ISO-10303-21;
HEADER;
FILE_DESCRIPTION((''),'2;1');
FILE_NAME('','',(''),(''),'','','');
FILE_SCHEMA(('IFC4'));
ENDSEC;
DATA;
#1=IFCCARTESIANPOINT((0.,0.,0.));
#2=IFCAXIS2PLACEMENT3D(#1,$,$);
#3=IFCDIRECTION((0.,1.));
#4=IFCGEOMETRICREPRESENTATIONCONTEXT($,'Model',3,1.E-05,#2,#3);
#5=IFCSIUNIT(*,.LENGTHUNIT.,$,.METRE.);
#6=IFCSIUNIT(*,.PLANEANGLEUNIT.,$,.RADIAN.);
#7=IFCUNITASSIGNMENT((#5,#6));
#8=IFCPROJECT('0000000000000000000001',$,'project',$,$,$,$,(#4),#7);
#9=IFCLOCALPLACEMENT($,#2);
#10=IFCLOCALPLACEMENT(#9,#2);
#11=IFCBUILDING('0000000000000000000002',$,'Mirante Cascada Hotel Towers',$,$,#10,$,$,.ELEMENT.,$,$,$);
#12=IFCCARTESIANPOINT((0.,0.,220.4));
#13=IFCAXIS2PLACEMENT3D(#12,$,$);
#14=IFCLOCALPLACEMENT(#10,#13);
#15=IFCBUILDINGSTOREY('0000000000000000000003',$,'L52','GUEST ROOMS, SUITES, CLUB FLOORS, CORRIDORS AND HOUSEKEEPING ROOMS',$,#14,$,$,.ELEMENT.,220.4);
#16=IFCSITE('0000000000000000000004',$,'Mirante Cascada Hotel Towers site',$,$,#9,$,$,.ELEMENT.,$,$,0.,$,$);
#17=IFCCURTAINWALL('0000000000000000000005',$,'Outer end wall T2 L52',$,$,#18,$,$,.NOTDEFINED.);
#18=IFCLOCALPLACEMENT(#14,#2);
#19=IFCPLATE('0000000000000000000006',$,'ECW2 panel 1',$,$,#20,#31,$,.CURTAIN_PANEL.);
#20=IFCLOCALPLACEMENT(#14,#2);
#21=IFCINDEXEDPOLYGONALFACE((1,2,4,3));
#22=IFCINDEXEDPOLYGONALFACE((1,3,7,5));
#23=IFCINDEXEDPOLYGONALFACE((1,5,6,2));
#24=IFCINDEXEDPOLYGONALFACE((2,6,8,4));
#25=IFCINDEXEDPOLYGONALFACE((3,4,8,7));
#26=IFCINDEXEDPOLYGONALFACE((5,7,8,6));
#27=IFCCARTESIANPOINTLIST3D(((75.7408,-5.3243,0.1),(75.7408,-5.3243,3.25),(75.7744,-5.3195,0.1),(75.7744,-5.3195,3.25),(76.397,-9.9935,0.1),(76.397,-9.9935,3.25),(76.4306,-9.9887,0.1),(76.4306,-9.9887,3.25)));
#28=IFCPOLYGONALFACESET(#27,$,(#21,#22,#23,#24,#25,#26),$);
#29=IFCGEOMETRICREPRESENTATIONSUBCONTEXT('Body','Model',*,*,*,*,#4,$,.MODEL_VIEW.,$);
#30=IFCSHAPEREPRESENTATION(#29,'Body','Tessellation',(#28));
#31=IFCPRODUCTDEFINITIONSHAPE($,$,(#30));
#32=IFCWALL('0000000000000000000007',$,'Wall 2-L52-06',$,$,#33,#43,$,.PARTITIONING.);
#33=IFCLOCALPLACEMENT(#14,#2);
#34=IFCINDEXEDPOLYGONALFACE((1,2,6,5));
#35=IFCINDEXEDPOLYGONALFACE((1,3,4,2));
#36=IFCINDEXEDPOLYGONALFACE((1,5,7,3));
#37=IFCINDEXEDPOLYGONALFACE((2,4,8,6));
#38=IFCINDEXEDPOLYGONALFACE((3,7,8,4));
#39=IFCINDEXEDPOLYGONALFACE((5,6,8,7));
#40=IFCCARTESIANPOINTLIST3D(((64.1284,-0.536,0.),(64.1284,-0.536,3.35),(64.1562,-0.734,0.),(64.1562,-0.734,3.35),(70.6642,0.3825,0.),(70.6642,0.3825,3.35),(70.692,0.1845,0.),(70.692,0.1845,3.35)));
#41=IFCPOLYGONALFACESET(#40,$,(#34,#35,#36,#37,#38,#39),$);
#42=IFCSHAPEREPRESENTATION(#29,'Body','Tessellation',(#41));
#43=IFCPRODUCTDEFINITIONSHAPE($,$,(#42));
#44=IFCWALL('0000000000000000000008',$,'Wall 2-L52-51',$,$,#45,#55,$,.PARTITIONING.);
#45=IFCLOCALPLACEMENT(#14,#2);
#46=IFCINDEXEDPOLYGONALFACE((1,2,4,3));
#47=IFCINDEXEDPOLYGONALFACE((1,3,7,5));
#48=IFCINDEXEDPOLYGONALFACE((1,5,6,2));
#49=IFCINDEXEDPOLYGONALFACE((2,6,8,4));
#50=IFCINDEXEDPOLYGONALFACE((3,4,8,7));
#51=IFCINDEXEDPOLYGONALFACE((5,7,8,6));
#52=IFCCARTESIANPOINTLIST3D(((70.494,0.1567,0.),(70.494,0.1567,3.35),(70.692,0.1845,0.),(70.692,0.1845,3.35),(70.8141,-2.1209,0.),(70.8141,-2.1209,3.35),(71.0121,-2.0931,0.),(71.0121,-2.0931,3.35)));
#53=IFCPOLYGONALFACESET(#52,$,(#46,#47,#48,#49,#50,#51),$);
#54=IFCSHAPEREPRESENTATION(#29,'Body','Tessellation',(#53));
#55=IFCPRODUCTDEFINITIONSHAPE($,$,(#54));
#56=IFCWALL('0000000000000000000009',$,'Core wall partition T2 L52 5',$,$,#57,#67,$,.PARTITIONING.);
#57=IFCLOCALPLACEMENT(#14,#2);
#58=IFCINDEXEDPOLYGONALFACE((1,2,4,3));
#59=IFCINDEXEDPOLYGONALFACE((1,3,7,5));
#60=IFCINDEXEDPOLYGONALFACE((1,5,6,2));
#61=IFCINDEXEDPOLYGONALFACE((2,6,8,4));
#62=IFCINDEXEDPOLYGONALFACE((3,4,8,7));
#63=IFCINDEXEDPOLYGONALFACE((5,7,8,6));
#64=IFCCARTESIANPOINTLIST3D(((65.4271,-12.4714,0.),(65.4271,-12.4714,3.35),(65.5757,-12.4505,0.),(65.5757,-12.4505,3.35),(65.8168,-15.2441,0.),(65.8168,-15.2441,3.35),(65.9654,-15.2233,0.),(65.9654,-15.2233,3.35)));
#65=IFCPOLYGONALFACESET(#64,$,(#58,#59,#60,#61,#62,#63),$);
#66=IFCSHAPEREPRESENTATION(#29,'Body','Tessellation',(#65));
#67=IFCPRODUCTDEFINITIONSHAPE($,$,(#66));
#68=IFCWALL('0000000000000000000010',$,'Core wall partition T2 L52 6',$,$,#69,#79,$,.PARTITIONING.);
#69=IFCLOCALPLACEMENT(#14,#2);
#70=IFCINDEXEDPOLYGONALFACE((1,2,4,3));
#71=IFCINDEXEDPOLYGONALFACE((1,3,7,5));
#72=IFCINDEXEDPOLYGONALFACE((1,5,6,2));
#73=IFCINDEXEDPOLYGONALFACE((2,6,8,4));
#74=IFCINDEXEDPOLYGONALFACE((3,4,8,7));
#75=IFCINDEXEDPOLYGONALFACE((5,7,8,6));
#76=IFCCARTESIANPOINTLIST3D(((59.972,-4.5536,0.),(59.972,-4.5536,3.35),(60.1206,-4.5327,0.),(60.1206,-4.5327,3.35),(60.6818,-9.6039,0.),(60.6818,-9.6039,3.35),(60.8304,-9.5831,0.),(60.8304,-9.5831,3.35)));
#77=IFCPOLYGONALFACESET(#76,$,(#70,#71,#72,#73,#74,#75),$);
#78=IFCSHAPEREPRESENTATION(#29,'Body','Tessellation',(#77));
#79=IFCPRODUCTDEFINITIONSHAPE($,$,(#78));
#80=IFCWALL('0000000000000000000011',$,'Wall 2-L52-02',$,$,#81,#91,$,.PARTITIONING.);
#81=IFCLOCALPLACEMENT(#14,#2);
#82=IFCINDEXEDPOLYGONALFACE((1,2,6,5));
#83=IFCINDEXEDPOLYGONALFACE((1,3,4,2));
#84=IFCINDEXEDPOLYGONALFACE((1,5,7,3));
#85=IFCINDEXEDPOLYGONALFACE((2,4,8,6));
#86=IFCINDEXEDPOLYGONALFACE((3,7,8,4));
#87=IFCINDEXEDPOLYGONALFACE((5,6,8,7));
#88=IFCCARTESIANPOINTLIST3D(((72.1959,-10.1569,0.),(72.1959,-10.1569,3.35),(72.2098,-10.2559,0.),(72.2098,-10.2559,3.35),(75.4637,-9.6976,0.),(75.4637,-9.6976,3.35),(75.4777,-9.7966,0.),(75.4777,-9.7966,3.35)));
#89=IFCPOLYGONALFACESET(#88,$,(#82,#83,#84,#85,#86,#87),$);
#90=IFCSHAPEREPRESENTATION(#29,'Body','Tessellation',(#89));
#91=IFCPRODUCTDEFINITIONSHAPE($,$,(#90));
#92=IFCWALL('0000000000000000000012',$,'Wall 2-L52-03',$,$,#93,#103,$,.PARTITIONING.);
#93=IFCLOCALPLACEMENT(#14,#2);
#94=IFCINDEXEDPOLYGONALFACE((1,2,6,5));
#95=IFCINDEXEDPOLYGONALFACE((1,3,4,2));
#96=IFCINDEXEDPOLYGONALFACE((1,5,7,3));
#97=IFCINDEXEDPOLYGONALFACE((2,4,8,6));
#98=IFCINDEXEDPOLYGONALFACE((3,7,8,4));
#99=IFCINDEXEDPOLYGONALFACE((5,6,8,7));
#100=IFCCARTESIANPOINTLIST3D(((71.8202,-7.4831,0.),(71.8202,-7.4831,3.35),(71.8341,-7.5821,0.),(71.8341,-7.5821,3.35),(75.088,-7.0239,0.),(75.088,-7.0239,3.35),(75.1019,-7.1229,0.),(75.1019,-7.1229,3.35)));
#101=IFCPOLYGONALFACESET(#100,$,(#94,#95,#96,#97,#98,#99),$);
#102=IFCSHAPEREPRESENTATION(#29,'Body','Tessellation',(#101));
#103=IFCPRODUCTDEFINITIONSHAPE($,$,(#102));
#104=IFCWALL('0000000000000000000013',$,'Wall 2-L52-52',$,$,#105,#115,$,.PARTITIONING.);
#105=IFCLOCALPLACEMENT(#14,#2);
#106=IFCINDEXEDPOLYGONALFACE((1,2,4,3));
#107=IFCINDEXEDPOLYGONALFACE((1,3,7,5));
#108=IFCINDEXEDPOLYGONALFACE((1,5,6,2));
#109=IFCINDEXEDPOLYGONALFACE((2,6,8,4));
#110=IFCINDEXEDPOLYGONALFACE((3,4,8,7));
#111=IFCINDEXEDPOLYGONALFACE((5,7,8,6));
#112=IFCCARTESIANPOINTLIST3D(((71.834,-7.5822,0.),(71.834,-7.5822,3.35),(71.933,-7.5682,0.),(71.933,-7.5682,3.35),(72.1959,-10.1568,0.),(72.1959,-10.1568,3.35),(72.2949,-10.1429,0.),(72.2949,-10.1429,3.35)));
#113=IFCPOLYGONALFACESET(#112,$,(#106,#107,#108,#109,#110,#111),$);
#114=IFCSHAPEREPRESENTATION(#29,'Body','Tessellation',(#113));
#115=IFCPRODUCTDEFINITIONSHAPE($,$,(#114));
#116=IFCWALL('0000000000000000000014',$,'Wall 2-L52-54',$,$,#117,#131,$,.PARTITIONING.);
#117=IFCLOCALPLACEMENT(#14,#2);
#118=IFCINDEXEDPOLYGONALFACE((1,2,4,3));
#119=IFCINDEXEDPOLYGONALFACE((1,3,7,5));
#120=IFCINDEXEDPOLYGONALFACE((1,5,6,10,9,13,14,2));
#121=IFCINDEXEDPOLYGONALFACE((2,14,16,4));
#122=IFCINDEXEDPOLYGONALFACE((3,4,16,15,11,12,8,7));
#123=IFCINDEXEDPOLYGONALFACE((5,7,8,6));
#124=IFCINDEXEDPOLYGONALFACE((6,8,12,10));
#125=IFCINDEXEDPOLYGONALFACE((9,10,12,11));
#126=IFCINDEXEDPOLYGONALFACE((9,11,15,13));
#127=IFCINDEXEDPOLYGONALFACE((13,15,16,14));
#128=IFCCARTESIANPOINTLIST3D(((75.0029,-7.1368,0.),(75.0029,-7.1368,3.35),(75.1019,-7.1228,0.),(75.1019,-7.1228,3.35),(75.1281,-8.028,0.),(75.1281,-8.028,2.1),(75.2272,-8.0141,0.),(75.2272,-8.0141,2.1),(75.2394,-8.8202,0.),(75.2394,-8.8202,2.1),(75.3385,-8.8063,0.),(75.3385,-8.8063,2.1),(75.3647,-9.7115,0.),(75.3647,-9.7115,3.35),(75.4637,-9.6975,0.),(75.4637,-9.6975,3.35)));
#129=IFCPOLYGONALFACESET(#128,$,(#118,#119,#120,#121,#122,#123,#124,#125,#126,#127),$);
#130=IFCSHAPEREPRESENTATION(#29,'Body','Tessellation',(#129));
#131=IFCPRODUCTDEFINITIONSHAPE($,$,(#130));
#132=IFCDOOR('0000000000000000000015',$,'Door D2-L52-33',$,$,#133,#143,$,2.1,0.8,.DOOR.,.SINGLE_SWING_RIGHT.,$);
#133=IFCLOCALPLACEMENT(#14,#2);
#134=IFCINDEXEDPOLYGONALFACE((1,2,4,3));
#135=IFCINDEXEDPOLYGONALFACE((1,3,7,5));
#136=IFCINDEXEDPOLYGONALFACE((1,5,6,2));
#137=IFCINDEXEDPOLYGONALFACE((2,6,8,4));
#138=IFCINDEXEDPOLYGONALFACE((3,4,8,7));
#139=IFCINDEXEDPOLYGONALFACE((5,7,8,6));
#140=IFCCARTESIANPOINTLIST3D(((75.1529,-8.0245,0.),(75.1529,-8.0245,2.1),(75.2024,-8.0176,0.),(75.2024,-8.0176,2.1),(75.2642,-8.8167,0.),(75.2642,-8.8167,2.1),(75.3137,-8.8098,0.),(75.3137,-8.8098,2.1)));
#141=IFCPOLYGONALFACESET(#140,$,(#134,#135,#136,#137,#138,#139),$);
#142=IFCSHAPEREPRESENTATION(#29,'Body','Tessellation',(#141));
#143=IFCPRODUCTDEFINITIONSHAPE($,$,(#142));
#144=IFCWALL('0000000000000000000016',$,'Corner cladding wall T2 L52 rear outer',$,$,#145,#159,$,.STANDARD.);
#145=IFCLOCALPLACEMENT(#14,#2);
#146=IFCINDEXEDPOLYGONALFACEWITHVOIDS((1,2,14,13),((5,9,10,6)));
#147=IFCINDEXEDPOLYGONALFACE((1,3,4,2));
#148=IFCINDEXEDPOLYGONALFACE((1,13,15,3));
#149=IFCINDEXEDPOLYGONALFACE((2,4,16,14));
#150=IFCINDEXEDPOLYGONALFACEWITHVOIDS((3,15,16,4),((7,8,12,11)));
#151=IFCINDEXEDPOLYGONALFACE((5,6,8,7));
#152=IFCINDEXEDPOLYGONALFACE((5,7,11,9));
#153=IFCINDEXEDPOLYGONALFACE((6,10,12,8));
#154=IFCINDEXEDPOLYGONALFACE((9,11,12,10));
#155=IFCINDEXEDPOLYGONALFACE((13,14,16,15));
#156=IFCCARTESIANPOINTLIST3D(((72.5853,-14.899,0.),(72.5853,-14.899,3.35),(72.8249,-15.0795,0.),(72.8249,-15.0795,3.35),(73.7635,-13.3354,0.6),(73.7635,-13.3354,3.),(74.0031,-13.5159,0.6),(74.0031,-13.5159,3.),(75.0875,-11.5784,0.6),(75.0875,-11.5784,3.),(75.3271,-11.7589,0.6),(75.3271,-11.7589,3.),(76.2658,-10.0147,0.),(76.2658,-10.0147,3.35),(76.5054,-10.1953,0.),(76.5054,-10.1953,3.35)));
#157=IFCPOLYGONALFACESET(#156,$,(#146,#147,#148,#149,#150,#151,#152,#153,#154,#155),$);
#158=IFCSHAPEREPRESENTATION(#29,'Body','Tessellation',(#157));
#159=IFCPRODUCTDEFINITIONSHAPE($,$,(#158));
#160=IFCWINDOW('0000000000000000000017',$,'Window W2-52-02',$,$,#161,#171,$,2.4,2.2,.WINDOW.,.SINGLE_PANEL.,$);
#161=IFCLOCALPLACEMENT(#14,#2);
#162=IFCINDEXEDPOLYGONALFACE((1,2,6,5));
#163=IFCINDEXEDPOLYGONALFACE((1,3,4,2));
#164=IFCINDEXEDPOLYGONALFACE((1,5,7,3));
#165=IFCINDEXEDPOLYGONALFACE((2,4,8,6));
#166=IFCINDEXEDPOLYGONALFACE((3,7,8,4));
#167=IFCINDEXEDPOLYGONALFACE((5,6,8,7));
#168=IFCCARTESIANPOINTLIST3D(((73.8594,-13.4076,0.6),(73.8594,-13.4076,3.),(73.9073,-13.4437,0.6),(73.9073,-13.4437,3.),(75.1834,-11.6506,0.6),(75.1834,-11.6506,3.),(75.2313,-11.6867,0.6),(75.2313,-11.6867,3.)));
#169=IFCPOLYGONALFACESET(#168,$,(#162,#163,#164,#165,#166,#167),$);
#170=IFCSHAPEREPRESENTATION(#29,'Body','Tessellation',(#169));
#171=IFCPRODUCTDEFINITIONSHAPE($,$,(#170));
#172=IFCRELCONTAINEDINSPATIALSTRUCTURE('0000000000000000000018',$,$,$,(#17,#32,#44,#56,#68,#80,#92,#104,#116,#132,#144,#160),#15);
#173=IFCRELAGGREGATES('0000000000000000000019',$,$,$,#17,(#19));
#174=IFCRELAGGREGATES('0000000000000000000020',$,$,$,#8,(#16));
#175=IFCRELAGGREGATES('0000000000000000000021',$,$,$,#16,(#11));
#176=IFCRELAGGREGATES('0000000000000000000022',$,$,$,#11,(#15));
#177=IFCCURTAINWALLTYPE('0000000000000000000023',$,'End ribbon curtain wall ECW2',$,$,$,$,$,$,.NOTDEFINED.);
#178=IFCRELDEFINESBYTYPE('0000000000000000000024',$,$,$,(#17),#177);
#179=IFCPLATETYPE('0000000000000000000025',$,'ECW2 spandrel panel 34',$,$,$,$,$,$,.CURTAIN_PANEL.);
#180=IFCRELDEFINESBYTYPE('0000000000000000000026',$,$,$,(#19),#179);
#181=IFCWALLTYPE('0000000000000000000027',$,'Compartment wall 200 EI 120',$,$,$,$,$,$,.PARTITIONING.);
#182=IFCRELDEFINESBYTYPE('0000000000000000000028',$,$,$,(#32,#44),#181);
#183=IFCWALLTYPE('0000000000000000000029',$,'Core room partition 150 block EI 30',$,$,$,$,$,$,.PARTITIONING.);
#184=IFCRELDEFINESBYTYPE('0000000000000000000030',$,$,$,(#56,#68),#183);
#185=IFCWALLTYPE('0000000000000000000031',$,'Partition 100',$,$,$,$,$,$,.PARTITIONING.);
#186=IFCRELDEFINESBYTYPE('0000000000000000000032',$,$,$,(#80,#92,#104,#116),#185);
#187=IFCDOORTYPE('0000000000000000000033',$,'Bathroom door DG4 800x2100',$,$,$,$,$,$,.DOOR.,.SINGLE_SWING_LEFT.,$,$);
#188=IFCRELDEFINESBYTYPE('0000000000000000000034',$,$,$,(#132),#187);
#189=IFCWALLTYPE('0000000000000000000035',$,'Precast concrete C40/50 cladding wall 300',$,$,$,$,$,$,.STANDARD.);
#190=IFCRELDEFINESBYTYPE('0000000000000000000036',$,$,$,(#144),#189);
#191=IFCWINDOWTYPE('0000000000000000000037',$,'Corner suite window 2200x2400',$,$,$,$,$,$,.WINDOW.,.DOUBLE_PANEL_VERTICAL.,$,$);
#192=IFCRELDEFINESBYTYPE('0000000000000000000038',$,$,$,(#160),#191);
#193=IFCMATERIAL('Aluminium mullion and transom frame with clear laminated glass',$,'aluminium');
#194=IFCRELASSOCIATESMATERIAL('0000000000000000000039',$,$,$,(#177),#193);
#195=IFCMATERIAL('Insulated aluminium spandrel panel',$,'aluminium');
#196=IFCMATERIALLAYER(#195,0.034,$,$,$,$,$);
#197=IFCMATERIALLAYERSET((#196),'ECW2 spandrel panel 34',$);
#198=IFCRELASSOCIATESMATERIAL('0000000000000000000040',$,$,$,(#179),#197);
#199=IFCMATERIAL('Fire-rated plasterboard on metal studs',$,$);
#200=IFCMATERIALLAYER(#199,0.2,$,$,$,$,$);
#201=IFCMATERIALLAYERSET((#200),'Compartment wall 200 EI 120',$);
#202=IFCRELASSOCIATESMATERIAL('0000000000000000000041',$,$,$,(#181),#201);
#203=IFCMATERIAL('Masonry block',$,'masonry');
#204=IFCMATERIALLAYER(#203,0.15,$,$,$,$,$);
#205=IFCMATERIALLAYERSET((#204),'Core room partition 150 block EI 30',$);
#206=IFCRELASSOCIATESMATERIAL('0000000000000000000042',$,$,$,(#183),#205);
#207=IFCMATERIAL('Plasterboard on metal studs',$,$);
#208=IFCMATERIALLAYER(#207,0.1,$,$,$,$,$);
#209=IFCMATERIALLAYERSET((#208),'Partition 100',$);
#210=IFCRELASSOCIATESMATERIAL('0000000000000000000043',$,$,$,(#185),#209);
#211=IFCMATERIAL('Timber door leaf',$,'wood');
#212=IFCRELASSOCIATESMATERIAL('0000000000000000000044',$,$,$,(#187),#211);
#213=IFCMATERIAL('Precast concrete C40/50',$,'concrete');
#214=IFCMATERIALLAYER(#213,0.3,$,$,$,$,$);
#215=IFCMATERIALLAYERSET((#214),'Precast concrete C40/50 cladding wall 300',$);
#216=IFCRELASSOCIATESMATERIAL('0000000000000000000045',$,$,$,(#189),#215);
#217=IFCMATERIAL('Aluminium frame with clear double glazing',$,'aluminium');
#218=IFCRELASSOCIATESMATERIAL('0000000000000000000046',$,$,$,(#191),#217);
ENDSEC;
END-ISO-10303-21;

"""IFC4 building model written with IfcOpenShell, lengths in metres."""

from ifc_helpers import new_model, si_unit, direction, frame, frame_2d, origin, origin_2d, place, context, subcontext, project, spatial, rectangle, extrude, material, layer, layer_set, type_object, element, fill, aggregate, save


model = new_model("IFC4")

# Units and contexts
model_context = context("Model", 3, precision=1e-05, world=origin(), true_north=direction((0.0, 1.0)))
body_context = subcontext(model_context, "Body", "Model", "MODEL_VIEW")
ifc_project = project(units=[si_unit("LENGTHUNIT", "METRE"), si_unit("PLANEANGLEUNIT", "RADIAN")], contexts=[model_context])

# Site, building, storey
site_placement = place(None, origin())
site = spatial("IfcSite", under=ifc_project, at=site_placement, Name="Mirante Cascada Hotel Towers site", CompositionType="ELEMENT", RefElevation=0.0)
building_placement = place(site_placement, origin())
building = spatial("IfcBuilding", under=site, at=building_placement, Name="Mirante Cascada Hotel Towers", CompositionType="ELEMENT")
storey_placement = place(building_placement, frame((0.0, 0.0, 220.4)))
storey = spatial("IfcBuildingStorey", under=building, at=storey_placement, Name="L52", Description="GUEST ROOMS, SUITES, CLUB FLOORS, CORRIDORS AND HOUSEKEEPING ROOMS", CompositionType="ELEMENT", Elevation=220.4)

# Curtain wall, plate
ifc_material_1 = material(Name="Aluminium mullion and transom frame with clear laminated glass", Category="aluminium")
curtain_wall_type = type_object("IfcCurtainWallType", Name="End ribbon curtain wall ECW2", PredefinedType="NOTDEFINED", material=ifc_material_1)
curtain_wall_placement = place(storey_placement, origin())
curtain_wall = element("IfcCurtainWall", 1, at=curtain_wall_placement, inside=storey, type_object=curtain_wall_type, Name="Outer end wall T2 L52", PredefinedType="NOTDEFINED")
ifc_material_2 = material(Name="Insulated aluminium spandrel panel", Category="aluminium")
ifc_layer_1 = layer(ifc_material_2, 0.034)
ifc_layer_set_1 = layer_set([ifc_layer_1], Name="ECW2 spandrel panel 34")
plate_type_1 = type_object("IfcPlateType", Name="ECW2 spandrel panel 34", PredefinedType="CURTAIN_PANEL", material=ifc_layer_set_1)
plate_1_placement = place(storey_placement, frame((76.0857, -7.6565, 0.1), z_axis=(0.0, 0.0, 1.0), x_axis=(-0.139173, 0.990268, 0.0)))
plate_1 = element("IfcPlate", 2, at=plate_1_placement, type_object=plate_type_1, Name="ECW2 panel 1", PredefinedType="CURTAIN_PANEL", context=body_context, shape_type="SweptSolid", body=[
    extrude(rectangle(XDim=4.7151, YDim=0.034, at=origin_2d()), origin(), (0.0, 0.0, 1.0), 3.15),
])
aggregate(curtain_wall, [plate_1])

# Walls
ifc_material_3 = material(Name="Fire-rated plasterboard on metal studs")
ifc_layer_2 = layer(ifc_material_3, 0.2)
ifc_layer_set_2 = layer_set([ifc_layer_2], Name="Compartment wall 200 EI 120")
wall_type_1 = type_object("IfcWallType", Name="Compartment wall 200 EI 120", PredefinedType="PARTITIONING", material=ifc_layer_set_2)
wall_1_placement = place(storey_placement, frame((70.6781, 0.2835, 0.0), z_axis=(0.0, 0.0, 1.0), x_axis=(-0.990269, -0.139166, 0.0)))
element("IfcWall", 3, at=wall_1_placement, inside=storey, type_object=wall_type_1, Name="Wall 2-L52-06", PredefinedType="PARTITIONING", context=body_context, shape_type="SweptSolid", body=[
    extrude(rectangle(XDim=6.6, YDim=0.2, at=frame_2d((3.3, 0.0))), origin(), (0.0, 0.0, 1.0), 3.35),
])
wall_2_placement = place(storey_placement, frame((70.9131, -2.107, 0.0), z_axis=(0.0, 0.0, 1.0), x_axis=(-0.139175, 0.990268, 0.0)))
element("IfcWall", 4, at=wall_2_placement, inside=storey, type_object=wall_type_1, Name="Wall 2-L52-51", PredefinedType="PARTITIONING", context=body_context, shape_type="SweptSolid", body=[
    extrude(rectangle(XDim=2.3, YDim=0.2, at=frame_2d((1.15, 0.0))), origin(), (0.0, 0.0, 1.0), 3.35),
])
ifc_material_4 = material(Name="Masonry block", Category="masonry")
ifc_layer_3 = layer(ifc_material_4, 0.15)
ifc_layer_set_3 = layer_set([ifc_layer_3], Name="Core room partition 150 block EI 30")
wall_type_2 = type_object("IfcWallType", Name="Core room partition 150 block EI 30", PredefinedType="PARTITIONING", material=ifc_layer_set_3)
wall_3_placement = place(storey_placement, frame((65.8911, -15.2337, 0.0), z_axis=(0.0, 0.0, 1.0), x_axis=(-0.139181, 0.990267, 0.0)))
element("IfcWall", 5, at=wall_3_placement, inside=storey, type_object=wall_type_2, Name="Core wall partition T2 L52 5", PredefinedType="PARTITIONING", context=body_context, shape_type="SweptSolid", body=[
    extrude(rectangle(XDim=2.8, YDim=0.15, at=frame_2d((1.4, 0.0))), origin(), (0.0, 0.0, 1.0), 3.35),
])
wall_4_placement = place(storey_placement, frame((60.7561, -9.5935, 0.0), z_axis=(0.0, 0.0, 1.0), x_axis=(-0.139176, 0.990268, 0.0)))
element("IfcWall", 6, at=wall_4_placement, inside=storey, type_object=wall_type_2, Name="Core wall partition T2 L52 6", PredefinedType="PARTITIONING", context=body_context, shape_type="SweptSolid", body=[
    extrude(rectangle(XDim=5.1, YDim=0.15, at=frame_2d((2.55, 0.0))), origin(), (0.0, 0.0, 1.0), 3.35),
])
ifc_material_5 = material(Name="Plasterboard on metal studs")
ifc_layer_4 = layer(ifc_material_5, 0.1)
ifc_layer_set_4 = layer_set([ifc_layer_4], Name="Partition 100")
wall_type_3 = type_object("IfcWallType", Name="Partition 100", PredefinedType="PARTITIONING", material=ifc_layer_set_4)
wall_5_placement = place(storey_placement, frame((75.4707, -9.7471, 0.0), z_axis=(0.0, 0.0, 1.0), x_axis=(-0.990267, -0.139181, 0.0)))
element("IfcWall", 7, at=wall_5_placement, inside=storey, type_object=wall_type_3, Name="Wall 2-L52-02", PredefinedType="PARTITIONING", context=body_context, shape_type="SweptSolid", body=[
    extrude(rectangle(XDim=3.3, YDim=0.1, at=frame_2d((1.65, 0.0))), origin(), (0.0, 0.0, 1.0), 3.35),
])
wall_6_placement = place(storey_placement, frame((71.8271, -7.5326, 0.0), z_axis=(0.0, 0.0, 1.0), x_axis=(0.990271, 0.139155, 0.0)))
element("IfcWall", 8, at=wall_6_placement, inside=storey, type_object=wall_type_3, Name="Wall 2-L52-03", PredefinedType="PARTITIONING", context=body_context, shape_type="SweptSolid", body=[
    extrude(rectangle(XDim=3.2999, YDim=0.1, at=frame_2d((1.65, 0.0))), origin(), (0.0, 0.0, 1.0), 3.35),
])
wall_7_placement = place(storey_placement, frame((71.8835, -7.5752, 0.0), z_axis=(0.0, 0.0, 1.0), x_axis=(0.139192, -0.990265, 0.0)))
element("IfcWall", 9, at=wall_7_placement, inside=storey, type_object=wall_type_3, Name="Wall 2-L52-52", PredefinedType="PARTITIONING", context=body_context, shape_type="SweptSolid", body=[
    extrude(rectangle(XDim=2.6, YDim=0.1, at=frame_2d((1.3, 0.0))), origin(), (0.0, 0.0, 1.0), 3.35),
])

# Wall, opening, door
wall_8_placement = place(storey_placement, frame((75.0524, -7.1298, 0.0), z_axis=(0.0, 0.0, 1.0), x_axis=(0.139154, -0.990271, 0.0)))
wall_8 = element("IfcWall", 10, at=wall_8_placement, inside=storey, type_object=wall_type_3, Name="Wall 2-L52-54", PredefinedType="PARTITIONING", context=body_context, shape_type="SweptSolid", body=[
    extrude(rectangle(XDim=2.6, YDim=0.1, at=frame_2d((1.3, 0.0))), origin(), (0.0, 0.0, 1.0), 3.35),
])
opening_1_placement = place(wall_8_placement, frame((0.9, 0.0, 0.0)))
opening_1 = element("IfcOpeningElement", 11, at=opening_1_placement, cuts=wall_8, PredefinedType="OPENING", context=body_context, shape_type="SweptSolid", body=[
    extrude(rectangle(XDim=0.8, YDim=2.1, at=frame_2d((0.4, 1.05))), frame((0.0, 0.05, 0.0), z_axis=(0.0, -1.0, 0.0), x_axis=(1.0, 0.0, 0.0)), (0.0, 0.0, 1.0), 0.1),
])
ifc_material_6 = material(Name="Timber door leaf", Category="wood")
door_type = type_object("IfcDoorType", Name="Bathroom door DG4 800x2100", OperationType="SINGLE_SWING_LEFT", PredefinedType="DOOR", material=ifc_material_6)
door_placement = place(opening_1_placement, frame((0.8, 0.0, 0.0), z_axis=(0.0, 0.0, 1.0), x_axis=(-1.0, 0.0, 0.0)))
door = element("IfcDoor", 12, at=door_placement, inside=storey, type_object=door_type, Name="Door D2-L52-33", OperationType="SINGLE_SWING_RIGHT", OverallHeight=2.1, OverallWidth=0.8, PredefinedType="DOOR", context=body_context, shape_type="SweptSolid", body=[
    extrude(rectangle(XDim=0.8, YDim=2.1, at=frame_2d((0.4, 1.05))), frame((0.0, 0.025, 0.0), z_axis=(0.0, -1.0, 0.0), x_axis=(1.0, 0.0, 0.0)), (0.0, 0.0, 1.0), 0.05),
])
fill(opening_1, door)

# Wall, opening, window
ifc_material_7 = material(Name="Precast concrete C40/50", Category="concrete")
ifc_layer_5 = layer(ifc_material_7, 0.3)
ifc_layer_set_5 = layer_set([ifc_layer_5], Name="Precast concrete C40/50 cladding wall 300")
wall_type_4 = type_object("IfcWallType", Name="Precast concrete C40/50 cladding wall 300", PredefinedType="STANDARD", material=ifc_layer_set_5)
wall_9_placement = place(storey_placement, frame((72.7051, -14.9892, 0.0), z_axis=(0.0, 0.0, 1.0), x_axis=(0.601814, 0.798636, 0.0)))
wall_9 = element("IfcWall", 13, at=wall_9_placement, inside=storey, type_object=wall_type_4, Name="Corner cladding wall T2 L52 rear outer", PredefinedType="STANDARD", context=body_context, shape_type="SweptSolid", body=[
    extrude(rectangle(XDim=6.1157, YDim=0.3, at=frame_2d((3.0578, 0.0))), origin(), (0.0, 0.0, 1.0), 3.35),
])
opening_2_placement = place(wall_9_placement, frame((1.9578, 0.0, 0.6)))
opening_2 = element("IfcOpeningElement", 14, at=opening_2_placement, cuts=wall_9, PredefinedType="OPENING", context=body_context, shape_type="SweptSolid", body=[
    extrude(rectangle(XDim=2.2, YDim=2.4, at=frame_2d((1.1, 1.2))), frame((0.0, 0.15, 0.0), z_axis=(0.0, -1.0, 0.0), x_axis=(1.0, 0.0, 0.0)), (0.0, 0.0, 1.0), 0.3),
])
ifc_material_8 = material(Name="Aluminium frame with clear double glazing", Category="aluminium")
window_type = type_object("IfcWindowType", Name="Corner suite window 2200x2400", PartitioningType="DOUBLE_PANEL_VERTICAL", PredefinedType="WINDOW", material=ifc_material_8)
window_placement = place(opening_2_placement, origin())
window = element("IfcWindow", 15, at=window_placement, inside=storey, type_object=window_type, Name="Window W2-52-02", OverallHeight=2.4, OverallWidth=2.2, PartitioningType="SINGLE_PANEL", PredefinedType="WINDOW", context=body_context, shape_type="SweptSolid", body=[
    extrude(rectangle(XDim=2.2, YDim=2.4, at=frame_2d((1.1, 1.2))), frame((0.0, 0.03, 0.0), z_axis=(0.0, -1.0, 0.0), x_axis=(1.0, 0.0, 0.0)), (0.0, 0.0, 1.0), 0.06),
])
fill(opening_2, window)

save(model, "model.ifc")
